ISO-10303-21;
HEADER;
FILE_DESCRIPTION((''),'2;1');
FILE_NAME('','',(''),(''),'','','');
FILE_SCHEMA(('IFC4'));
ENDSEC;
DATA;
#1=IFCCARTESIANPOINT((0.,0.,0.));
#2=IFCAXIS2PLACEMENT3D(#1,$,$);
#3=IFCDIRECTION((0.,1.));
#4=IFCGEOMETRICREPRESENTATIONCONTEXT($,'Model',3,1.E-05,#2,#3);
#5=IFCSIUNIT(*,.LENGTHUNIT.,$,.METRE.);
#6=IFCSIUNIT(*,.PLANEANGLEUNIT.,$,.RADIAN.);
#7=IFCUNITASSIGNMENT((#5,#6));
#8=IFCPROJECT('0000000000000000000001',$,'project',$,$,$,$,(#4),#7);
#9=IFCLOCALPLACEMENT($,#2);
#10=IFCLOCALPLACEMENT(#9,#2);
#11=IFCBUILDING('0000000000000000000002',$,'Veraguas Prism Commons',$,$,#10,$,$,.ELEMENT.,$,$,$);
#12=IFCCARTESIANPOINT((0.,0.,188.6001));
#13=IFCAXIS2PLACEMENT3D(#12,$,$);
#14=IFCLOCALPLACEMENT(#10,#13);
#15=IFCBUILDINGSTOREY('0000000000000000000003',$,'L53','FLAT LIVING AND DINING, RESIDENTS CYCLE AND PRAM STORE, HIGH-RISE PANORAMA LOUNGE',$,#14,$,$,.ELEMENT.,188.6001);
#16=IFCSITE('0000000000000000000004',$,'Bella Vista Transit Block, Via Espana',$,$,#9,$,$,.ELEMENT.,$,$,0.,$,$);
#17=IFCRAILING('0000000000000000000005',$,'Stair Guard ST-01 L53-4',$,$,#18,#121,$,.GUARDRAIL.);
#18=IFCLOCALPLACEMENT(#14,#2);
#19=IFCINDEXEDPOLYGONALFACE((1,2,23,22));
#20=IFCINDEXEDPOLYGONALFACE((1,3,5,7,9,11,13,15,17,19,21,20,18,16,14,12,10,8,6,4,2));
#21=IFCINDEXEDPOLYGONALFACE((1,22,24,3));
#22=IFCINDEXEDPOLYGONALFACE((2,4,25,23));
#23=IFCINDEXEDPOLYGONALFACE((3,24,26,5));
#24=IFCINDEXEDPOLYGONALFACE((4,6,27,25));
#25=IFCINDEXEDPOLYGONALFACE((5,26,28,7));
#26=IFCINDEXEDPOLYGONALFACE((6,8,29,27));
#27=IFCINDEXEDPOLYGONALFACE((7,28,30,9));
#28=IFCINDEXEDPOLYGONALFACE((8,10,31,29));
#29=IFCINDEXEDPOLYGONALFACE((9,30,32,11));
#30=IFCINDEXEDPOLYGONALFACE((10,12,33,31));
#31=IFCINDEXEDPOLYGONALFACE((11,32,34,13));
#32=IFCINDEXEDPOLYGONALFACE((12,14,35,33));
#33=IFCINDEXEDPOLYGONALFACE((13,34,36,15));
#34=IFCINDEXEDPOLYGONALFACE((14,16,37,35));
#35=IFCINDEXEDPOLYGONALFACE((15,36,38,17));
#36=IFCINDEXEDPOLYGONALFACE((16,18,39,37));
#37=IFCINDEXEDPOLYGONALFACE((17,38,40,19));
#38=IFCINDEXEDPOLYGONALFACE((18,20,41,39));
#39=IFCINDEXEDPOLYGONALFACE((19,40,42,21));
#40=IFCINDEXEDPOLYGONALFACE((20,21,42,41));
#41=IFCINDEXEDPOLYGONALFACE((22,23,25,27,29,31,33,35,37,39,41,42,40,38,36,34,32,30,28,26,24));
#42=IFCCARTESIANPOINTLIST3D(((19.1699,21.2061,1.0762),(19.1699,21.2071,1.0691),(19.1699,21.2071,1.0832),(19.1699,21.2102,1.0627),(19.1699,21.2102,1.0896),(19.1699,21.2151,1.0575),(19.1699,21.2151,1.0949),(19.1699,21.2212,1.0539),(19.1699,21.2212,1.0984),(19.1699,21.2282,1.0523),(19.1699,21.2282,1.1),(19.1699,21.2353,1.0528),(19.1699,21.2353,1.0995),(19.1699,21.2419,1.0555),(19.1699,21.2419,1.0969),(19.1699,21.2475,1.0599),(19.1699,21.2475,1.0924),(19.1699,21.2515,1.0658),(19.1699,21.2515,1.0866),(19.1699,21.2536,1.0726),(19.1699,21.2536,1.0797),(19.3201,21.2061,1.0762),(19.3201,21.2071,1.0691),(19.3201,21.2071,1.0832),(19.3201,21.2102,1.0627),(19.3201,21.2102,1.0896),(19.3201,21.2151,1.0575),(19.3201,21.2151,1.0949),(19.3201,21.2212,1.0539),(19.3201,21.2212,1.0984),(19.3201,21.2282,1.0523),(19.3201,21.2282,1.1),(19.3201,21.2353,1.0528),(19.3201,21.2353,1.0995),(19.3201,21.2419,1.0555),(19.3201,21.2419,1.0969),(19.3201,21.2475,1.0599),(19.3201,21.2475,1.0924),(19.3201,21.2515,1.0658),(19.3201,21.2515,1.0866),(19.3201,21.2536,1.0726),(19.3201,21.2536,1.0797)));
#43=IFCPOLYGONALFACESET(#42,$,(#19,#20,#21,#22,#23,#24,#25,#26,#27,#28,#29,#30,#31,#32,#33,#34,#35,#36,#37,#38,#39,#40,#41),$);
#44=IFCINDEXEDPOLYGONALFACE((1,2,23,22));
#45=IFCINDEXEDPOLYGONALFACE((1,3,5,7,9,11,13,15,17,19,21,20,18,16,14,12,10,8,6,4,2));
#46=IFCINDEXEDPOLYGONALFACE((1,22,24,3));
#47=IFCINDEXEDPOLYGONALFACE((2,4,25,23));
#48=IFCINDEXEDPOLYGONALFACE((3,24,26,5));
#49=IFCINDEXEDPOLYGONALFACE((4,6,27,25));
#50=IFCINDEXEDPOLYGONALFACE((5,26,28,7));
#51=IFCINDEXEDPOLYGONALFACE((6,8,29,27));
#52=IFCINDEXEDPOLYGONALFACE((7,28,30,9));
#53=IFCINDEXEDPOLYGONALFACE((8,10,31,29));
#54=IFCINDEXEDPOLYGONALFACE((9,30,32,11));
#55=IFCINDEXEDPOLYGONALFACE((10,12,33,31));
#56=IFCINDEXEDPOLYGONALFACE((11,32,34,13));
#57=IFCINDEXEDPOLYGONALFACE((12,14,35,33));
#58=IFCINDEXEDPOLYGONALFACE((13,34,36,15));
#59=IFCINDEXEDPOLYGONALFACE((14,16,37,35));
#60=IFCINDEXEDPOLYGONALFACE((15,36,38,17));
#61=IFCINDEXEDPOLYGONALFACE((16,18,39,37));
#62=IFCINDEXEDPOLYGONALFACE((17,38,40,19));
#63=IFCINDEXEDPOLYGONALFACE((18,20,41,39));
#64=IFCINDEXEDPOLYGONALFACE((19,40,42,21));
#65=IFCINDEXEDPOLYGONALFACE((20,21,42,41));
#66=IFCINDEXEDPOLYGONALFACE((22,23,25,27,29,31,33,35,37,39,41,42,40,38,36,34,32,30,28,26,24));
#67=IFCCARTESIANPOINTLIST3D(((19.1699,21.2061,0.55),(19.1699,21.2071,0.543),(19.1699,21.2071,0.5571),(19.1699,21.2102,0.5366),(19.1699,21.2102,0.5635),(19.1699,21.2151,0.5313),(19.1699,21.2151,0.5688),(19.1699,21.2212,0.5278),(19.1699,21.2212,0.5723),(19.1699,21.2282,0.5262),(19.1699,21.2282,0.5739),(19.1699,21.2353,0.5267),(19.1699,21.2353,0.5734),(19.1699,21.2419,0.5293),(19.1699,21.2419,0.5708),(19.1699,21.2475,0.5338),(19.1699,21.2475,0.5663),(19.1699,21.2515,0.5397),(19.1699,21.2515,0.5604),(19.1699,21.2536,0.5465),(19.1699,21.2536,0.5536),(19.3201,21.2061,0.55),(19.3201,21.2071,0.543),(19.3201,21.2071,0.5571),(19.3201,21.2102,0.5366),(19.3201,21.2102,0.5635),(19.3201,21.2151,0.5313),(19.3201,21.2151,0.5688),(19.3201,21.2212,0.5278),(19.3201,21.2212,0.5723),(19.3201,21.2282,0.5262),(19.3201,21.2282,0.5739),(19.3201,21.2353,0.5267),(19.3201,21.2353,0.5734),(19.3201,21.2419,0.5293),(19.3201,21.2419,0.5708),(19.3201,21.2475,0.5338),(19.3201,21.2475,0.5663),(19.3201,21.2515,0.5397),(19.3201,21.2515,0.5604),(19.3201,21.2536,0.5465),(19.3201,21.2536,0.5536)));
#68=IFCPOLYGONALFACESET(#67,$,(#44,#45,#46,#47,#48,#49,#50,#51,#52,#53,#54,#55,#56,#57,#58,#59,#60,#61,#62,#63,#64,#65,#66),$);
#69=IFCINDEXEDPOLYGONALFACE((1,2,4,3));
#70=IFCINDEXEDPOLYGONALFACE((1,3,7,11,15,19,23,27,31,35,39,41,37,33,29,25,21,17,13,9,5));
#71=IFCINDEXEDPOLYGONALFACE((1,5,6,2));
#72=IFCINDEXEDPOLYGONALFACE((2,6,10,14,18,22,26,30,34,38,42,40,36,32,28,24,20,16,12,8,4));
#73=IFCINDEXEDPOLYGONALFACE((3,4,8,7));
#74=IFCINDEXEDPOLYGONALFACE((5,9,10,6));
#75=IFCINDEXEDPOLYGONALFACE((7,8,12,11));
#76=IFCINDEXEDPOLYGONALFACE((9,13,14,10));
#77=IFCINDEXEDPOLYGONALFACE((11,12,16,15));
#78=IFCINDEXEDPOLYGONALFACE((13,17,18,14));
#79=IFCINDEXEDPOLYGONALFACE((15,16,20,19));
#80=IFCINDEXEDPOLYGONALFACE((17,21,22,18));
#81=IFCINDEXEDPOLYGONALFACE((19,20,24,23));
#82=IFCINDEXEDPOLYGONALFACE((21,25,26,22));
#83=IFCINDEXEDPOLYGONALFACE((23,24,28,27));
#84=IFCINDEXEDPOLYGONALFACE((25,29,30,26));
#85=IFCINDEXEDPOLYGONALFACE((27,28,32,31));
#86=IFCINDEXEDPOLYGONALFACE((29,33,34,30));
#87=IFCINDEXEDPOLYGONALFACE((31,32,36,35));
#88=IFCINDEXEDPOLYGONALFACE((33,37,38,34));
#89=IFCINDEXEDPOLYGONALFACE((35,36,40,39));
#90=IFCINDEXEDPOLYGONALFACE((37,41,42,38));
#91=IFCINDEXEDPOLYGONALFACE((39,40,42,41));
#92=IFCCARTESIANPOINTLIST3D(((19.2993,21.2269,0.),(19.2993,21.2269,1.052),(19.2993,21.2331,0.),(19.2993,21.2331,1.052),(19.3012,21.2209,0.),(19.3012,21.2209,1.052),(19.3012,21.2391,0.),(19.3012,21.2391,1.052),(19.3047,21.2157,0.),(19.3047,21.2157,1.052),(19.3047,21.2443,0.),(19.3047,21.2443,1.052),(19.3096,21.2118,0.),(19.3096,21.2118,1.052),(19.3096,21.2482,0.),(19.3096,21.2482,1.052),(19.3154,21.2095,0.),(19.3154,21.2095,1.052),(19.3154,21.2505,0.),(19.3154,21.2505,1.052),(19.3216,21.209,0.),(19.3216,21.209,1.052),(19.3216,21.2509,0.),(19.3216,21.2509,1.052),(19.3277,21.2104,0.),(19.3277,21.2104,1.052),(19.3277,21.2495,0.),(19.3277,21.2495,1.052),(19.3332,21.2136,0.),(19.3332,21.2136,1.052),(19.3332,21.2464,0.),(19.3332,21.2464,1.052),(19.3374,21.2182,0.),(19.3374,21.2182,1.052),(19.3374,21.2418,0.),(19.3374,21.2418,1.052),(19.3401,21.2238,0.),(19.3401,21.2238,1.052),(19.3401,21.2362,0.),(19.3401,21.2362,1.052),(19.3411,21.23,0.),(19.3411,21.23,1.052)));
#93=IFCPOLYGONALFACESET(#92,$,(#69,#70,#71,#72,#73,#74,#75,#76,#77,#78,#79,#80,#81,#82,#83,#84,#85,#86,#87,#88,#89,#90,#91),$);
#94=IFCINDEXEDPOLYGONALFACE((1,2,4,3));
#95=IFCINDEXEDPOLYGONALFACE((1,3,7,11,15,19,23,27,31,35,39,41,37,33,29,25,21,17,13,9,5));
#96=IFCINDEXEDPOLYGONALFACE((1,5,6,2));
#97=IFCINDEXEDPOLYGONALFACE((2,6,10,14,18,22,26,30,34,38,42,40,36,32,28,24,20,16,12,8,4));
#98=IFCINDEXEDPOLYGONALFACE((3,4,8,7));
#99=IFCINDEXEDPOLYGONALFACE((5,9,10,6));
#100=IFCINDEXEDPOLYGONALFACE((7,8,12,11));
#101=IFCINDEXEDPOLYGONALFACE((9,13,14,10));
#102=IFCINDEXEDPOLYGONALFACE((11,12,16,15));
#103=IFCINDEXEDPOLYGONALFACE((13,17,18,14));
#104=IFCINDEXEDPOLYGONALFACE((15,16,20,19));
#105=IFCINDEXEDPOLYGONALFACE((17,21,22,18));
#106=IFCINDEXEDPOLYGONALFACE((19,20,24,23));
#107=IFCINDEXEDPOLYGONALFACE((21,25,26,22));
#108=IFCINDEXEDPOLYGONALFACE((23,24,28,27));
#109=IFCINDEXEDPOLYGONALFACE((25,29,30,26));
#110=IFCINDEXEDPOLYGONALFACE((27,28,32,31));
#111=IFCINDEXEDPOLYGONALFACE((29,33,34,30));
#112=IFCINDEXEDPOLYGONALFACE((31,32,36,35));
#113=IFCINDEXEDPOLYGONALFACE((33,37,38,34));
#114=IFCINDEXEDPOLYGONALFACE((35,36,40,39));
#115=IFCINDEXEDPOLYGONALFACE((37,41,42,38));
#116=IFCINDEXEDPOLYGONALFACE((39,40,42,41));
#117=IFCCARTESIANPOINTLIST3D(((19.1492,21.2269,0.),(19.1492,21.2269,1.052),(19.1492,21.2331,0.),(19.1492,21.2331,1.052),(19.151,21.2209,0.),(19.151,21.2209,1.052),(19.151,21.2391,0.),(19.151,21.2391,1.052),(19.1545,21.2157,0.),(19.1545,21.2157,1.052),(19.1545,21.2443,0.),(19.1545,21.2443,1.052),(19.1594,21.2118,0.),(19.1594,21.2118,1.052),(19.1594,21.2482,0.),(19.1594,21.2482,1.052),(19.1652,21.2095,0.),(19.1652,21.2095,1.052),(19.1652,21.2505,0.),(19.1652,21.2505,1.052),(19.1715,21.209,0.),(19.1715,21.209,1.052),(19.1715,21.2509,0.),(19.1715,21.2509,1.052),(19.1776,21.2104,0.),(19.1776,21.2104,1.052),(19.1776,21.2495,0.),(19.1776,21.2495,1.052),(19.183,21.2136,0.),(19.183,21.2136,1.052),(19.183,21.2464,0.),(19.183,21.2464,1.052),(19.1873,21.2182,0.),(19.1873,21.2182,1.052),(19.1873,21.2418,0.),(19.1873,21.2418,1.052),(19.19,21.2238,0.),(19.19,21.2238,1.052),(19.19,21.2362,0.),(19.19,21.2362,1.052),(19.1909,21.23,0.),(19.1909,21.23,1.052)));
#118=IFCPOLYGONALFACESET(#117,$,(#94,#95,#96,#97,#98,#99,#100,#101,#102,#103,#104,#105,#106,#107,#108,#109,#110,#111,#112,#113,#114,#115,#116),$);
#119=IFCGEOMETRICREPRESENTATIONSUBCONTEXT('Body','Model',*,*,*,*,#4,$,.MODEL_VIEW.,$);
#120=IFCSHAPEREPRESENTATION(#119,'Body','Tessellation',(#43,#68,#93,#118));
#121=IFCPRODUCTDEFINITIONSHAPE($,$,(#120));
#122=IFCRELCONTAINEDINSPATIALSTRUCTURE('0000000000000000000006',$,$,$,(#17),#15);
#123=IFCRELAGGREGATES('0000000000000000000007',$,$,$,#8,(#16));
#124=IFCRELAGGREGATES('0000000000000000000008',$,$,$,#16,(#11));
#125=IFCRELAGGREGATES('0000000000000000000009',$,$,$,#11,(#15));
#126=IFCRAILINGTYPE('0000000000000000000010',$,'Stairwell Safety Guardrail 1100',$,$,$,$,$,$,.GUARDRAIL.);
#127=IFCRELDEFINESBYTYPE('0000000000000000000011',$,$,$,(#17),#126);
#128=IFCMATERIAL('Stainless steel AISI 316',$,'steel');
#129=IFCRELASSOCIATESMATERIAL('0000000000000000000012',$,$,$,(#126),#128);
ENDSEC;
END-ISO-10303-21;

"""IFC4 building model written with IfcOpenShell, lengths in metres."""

from ifc_helpers import new_model, si_unit, direction, frame, origin, origin_2d, place, context, subcontext, project, spatial, circle, extrude, material, type_object, element, save


model = new_model("IFC4")

# Units and contexts
model_context = context("Model", 3, precision=1e-05, world=origin(), true_north=direction((0.0, 1.0)))
body_context = subcontext(model_context, "Body", "Model", "MODEL_VIEW")
ifc_project = project(units=[si_unit("LENGTHUNIT", "METRE"), si_unit("PLANEANGLEUNIT", "RADIAN")], contexts=[model_context])

# Site, building, storey
site_placement = place(None, origin())
site = spatial("IfcSite", under=ifc_project, at=site_placement, Name="Bella Vista Transit Block, Via Espana", CompositionType="ELEMENT", RefElevation=0.0)
building_placement = place(site_placement, origin())
building = spatial("IfcBuilding", under=site, at=building_placement, Name="Veraguas Prism Commons", CompositionType="ELEMENT")
storey_placement = place(building_placement, frame((0.0, 0.0, 188.6001)))
storey = spatial("IfcBuildingStorey", under=building, at=storey_placement, Name="L53", Description="FLAT LIVING AND DINING, RESIDENTS CYCLE AND PRAM STORE, HIGH-RISE PANORAMA LOUNGE", CompositionType="ELEMENT", Elevation=188.6001)

# Railing
ifc_material_1 = material(Name="Stainless steel AISI 316", Category="steel")
railing_type = type_object("IfcRailingType", Name="Stairwell Safety Guardrail 1100", PredefinedType="GUARDRAIL", material=ifc_material_1)
railing_1_placement = place(storey_placement, frame((19.3201, 21.23, 0.0)))
element("IfcRailing", 1, at=railing_1_placement, inside=storey, type_object=railing_type, Name="Stair Guard ST-01 L53-4", PredefinedType="GUARDRAIL", context=body_context, shape_type="SweptSolid", body=[
    extrude(circle(Radius=0.0239, at=origin_2d()), frame((0.0, 0.0, 1.0762), z_axis=(-1.0, 0.0, 0.0), x_axis=(0.0, -1.0, 0.0)), (0.0, 0.0, 1.0), 0.1501),
    extrude(circle(Radius=0.0239, at=origin_2d()), frame((0.0, 0.0, 0.55), z_axis=(-1.0, 0.0, 0.0), x_axis=(0.0, -1.0, 0.0)), (0.0, 0.0, 1.0), 0.1501),
    extrude(circle(Radius=0.021, at=origin_2d()), origin(), (0.0, 0.0, 1.0), 1.052),
    extrude(circle(Radius=0.021, at=origin_2d()), frame((-0.1501, 0.0, 0.0)), (0.0, 0.0, 1.0), 1.052),
])

save(model, "model.ifc")
